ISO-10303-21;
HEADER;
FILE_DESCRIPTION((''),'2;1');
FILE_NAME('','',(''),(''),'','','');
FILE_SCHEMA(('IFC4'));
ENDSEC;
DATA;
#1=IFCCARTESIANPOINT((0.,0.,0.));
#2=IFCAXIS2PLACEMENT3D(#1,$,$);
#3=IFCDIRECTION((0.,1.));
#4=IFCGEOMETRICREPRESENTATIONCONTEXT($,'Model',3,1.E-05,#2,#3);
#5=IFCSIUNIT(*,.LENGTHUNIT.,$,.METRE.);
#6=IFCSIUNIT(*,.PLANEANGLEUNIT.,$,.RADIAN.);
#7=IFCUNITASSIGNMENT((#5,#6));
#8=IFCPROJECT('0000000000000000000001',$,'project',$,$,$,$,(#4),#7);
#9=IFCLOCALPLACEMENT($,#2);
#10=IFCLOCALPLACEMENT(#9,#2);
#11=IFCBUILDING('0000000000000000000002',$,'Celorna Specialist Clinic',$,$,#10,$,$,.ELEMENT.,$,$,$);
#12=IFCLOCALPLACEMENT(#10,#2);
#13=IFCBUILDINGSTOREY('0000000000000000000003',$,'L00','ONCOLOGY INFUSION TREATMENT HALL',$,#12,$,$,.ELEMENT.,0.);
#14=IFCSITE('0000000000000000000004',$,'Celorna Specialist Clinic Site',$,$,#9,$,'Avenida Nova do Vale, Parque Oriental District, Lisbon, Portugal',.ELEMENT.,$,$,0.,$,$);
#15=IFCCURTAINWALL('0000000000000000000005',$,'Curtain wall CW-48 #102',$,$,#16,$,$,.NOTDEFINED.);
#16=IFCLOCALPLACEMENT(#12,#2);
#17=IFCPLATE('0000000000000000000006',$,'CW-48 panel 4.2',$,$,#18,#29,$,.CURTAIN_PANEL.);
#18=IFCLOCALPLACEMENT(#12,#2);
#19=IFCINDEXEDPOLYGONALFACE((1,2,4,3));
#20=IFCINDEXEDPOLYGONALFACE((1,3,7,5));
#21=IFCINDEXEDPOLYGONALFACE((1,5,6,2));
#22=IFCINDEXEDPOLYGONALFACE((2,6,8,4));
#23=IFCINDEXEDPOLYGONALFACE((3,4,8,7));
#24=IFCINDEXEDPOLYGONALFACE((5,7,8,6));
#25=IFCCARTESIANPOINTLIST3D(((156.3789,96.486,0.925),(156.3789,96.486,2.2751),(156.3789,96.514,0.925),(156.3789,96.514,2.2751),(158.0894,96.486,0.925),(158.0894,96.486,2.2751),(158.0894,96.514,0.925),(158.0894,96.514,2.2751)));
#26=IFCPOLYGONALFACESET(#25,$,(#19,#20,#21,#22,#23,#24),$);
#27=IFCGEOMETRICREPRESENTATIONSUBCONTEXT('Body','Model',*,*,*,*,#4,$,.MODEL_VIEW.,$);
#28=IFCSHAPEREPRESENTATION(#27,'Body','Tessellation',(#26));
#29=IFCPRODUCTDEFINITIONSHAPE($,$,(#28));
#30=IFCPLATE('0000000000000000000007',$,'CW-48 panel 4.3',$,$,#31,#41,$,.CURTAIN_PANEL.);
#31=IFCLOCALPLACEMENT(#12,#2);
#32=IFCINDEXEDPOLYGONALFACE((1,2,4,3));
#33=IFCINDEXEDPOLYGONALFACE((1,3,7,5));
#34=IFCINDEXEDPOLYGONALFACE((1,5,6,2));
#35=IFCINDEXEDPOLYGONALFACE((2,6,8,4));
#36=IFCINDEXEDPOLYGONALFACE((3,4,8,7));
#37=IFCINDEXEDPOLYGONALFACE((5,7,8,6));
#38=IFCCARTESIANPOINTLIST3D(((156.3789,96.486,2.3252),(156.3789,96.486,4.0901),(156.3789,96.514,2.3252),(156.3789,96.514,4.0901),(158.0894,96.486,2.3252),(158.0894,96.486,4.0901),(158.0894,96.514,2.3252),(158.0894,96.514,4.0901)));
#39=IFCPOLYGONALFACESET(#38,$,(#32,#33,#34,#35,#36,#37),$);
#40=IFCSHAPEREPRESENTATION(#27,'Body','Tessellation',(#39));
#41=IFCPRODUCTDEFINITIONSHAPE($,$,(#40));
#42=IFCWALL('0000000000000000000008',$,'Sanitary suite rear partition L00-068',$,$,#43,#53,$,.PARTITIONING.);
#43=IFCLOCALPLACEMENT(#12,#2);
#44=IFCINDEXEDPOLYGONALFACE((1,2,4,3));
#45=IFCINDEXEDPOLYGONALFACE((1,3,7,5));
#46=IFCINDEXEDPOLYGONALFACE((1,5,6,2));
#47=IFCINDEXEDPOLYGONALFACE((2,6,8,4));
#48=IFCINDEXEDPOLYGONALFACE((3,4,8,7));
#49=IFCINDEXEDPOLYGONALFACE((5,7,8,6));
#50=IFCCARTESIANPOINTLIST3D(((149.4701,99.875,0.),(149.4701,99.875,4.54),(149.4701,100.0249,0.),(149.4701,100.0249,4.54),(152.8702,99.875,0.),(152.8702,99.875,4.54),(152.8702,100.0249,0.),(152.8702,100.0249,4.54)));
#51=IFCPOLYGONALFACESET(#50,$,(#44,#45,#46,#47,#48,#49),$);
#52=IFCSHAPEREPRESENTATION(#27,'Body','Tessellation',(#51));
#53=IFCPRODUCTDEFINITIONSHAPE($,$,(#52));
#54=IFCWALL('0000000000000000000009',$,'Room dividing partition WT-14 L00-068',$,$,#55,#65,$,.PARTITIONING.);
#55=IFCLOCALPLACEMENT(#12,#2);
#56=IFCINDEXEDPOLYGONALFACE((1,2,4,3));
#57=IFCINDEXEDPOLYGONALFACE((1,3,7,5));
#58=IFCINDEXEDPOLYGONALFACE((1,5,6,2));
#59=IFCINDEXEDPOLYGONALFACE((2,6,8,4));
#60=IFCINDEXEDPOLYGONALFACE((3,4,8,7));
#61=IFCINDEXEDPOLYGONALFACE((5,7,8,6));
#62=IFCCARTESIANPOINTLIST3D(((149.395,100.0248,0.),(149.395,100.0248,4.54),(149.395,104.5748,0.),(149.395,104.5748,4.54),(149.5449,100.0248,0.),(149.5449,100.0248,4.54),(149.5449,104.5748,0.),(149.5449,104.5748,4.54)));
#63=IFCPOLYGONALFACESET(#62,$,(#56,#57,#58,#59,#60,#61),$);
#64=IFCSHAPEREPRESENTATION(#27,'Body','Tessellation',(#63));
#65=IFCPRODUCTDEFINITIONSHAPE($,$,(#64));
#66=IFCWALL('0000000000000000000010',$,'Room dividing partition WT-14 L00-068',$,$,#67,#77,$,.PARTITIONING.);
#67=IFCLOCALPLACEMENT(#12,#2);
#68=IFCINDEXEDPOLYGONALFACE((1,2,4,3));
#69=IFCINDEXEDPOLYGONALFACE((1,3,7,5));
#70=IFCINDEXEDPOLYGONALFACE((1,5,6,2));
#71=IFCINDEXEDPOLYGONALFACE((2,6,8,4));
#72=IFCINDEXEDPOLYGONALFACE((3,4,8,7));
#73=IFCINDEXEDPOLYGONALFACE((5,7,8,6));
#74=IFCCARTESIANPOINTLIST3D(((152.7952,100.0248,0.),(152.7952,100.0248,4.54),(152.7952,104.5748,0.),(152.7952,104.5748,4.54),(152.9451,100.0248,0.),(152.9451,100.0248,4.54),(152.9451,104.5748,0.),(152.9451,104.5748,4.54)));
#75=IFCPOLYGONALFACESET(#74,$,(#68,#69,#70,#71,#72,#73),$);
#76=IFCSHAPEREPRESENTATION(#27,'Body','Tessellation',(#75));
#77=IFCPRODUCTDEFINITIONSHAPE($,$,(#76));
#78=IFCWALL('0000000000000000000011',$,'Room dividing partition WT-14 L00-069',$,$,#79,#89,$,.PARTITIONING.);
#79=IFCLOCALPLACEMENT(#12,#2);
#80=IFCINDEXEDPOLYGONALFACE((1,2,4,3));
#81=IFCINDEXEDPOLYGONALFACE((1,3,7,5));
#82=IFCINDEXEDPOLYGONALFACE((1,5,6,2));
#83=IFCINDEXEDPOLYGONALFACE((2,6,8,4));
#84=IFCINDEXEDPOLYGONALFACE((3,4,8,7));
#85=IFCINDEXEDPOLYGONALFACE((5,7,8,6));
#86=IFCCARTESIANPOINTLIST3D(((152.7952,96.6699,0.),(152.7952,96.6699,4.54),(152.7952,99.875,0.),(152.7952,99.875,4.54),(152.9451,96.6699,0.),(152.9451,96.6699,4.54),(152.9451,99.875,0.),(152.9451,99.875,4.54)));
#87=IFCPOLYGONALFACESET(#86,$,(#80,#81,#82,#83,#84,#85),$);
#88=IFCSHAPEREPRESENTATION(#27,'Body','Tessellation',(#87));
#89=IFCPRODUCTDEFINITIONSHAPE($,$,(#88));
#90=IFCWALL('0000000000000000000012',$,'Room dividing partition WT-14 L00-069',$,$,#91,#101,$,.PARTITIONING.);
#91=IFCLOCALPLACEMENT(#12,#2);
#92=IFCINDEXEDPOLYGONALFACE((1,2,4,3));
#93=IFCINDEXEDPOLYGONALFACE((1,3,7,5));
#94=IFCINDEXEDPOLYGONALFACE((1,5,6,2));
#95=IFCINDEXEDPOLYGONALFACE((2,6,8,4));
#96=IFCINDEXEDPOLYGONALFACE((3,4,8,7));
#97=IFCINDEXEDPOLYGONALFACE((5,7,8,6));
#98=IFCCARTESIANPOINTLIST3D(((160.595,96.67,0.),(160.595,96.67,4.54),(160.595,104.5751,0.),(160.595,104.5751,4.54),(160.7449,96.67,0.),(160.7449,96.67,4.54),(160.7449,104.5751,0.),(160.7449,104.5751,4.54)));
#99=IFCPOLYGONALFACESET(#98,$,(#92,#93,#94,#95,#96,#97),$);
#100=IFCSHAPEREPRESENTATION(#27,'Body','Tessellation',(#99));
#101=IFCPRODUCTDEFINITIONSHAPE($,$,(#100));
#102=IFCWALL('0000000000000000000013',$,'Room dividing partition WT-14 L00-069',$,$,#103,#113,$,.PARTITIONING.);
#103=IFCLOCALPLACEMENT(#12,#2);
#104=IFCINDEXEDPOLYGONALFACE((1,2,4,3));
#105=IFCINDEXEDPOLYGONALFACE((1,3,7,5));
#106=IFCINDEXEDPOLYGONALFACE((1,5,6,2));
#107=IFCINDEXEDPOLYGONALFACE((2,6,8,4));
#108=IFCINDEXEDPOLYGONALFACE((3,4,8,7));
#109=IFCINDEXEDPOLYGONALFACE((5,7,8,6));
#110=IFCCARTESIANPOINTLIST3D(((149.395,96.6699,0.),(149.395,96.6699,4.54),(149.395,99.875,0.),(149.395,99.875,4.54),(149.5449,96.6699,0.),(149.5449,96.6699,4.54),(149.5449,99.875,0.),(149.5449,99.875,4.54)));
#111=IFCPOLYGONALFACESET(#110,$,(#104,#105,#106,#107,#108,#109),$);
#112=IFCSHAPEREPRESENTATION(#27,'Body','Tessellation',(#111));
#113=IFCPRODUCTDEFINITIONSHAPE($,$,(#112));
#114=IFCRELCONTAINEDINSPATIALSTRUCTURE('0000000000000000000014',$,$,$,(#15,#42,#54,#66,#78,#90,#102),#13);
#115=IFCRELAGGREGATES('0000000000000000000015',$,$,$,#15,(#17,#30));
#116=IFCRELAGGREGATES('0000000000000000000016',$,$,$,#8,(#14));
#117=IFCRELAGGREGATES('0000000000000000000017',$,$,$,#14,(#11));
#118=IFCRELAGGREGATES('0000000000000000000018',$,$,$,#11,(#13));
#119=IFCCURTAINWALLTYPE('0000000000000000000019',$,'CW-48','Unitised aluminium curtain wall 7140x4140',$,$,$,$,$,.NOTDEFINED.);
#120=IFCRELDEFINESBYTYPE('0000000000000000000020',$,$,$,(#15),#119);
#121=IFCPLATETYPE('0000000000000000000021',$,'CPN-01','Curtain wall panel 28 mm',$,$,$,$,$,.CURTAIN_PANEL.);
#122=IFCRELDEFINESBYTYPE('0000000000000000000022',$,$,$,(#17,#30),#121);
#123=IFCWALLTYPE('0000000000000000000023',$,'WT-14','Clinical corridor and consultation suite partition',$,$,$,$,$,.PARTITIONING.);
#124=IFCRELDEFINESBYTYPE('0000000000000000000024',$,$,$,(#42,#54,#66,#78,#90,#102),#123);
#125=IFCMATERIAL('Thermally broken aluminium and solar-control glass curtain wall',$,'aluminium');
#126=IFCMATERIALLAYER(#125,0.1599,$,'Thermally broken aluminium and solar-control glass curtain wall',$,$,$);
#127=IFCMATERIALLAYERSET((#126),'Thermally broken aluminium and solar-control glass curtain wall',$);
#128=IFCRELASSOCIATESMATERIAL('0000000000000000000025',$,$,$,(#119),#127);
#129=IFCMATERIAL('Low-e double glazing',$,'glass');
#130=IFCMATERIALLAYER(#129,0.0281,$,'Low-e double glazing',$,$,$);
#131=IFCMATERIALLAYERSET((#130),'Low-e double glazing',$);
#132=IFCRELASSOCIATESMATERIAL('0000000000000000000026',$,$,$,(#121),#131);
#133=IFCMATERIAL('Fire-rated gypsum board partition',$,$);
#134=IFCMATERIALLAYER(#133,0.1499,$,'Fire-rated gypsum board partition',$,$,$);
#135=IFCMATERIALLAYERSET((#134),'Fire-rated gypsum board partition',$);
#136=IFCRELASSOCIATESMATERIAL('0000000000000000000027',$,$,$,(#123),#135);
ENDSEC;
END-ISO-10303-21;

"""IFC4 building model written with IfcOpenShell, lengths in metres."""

from ifc_helpers import new_model, si_unit, direction, frame, frame_2d, origin, origin_2d, place, context, subcontext, project, spatial, rectangle, extrude, material, layer, layer_set, type_object, element, aggregate, save


model = new_model("IFC4")

# Units and contexts
model_context = context("Model", 3, precision=1e-05, world=origin(), true_north=direction((0.0, 1.0)))
body_context = subcontext(model_context, "Body", "Model", "MODEL_VIEW")
ifc_project = project(units=[si_unit("LENGTHUNIT", "METRE"), si_unit("PLANEANGLEUNIT", "RADIAN")], contexts=[model_context])

# Site, building, storey
site_placement = place(None, origin())
site = spatial("IfcSite", under=ifc_project, at=site_placement, Name="Celorna Specialist Clinic Site", LongName="Avenida Nova do Vale, Parque Oriental District, Lisbon, Portugal", CompositionType="ELEMENT", RefElevation=0.0)
building_placement = place(site_placement, origin())
building = spatial("IfcBuilding", under=site, at=building_placement, Name="Celorna Specialist Clinic", CompositionType="ELEMENT")
storey_placement = place(building_placement, origin())
storey = spatial("IfcBuildingStorey", under=building, at=storey_placement, Name="L00", Description="ONCOLOGY INFUSION TREATMENT HALL", CompositionType="ELEMENT", Elevation=0.0)

# Curtain wall
ifc_material_1 = material(Name="Thermally broken aluminium and solar-control glass curtain wall", Category="aluminium")
ifc_layer_1 = layer(ifc_material_1, 0.1599, Name="Thermally broken aluminium and solar-control glass curtain wall")
ifc_layer_set_1 = layer_set([ifc_layer_1], Name="Thermally broken aluminium and solar-control glass curtain wall")
curtain_wall_type_1 = type_object("IfcCurtainWallType", Name="CW-48", Description="Unitised aluminium curtain wall 7140x4140", PredefinedType="NOTDEFINED", material=ifc_layer_set_1)
curtain_wall_1_placement = place(storey_placement, origin())
curtain_wall_1 = element("IfcCurtainWall", 1, at=curtain_wall_1_placement, inside=storey, type_object=curtain_wall_type_1, Name="Curtain wall CW-48 #102", PredefinedType="NOTDEFINED")

# Plates
ifc_material_2 = material(Name="Low-e double glazing", Category="glass")
ifc_layer_2 = layer(ifc_material_2, 0.0281, Name="Low-e double glazing")
ifc_layer_set_2 = layer_set([ifc_layer_2], Name="Low-e double glazing")
plate_type = type_object("IfcPlateType", Name="CPN-01", Description="Curtain wall panel 28 mm", PredefinedType="CURTAIN_PANEL", material=ifc_layer_set_2)
plate_1_placement = place(storey_placement, frame((157.2341, 96.5, 0.925), z_axis=(0.0, 0.0, 1.0), x_axis=(-1.0, 0.0, 0.0)))
plate_1 = element("IfcPlate", 2, at=plate_1_placement, type_object=plate_type, Name="CW-48 panel 4.2", PredefinedType="CURTAIN_PANEL", context=body_context, shape_type="SweptSolid", body=[
    extrude(rectangle(XDim=1.7104, YDim=0.0281, at=origin_2d()), origin(), (0.0, 0.0, 1.0), 1.3501),
])
plate_2_placement = place(storey_placement, frame((157.2341, 96.5, 2.3252), z_axis=(0.0, 0.0, 1.0), x_axis=(-1.0, 0.0, 0.0)))
plate_2 = element("IfcPlate", 3, at=plate_2_placement, type_object=plate_type, Name="CW-48 panel 4.3", PredefinedType="CURTAIN_PANEL", context=body_context, shape_type="SweptSolid", body=[
    extrude(rectangle(XDim=1.7104, YDim=0.0281, at=origin_2d()), origin(), (0.0, 0.0, 1.0), 1.7649),
])
aggregate(curtain_wall_1, [plate_1, plate_2])

# Walls
ifc_material_3 = material(Name="Fire-rated gypsum board partition")
ifc_layer_3 = layer(ifc_material_3, 0.1499, Name="Fire-rated gypsum board partition")
ifc_layer_set_3 = layer_set([ifc_layer_3], Name="Fire-rated gypsum board partition")
wall_type = type_object("IfcWallType", Name="WT-14", Description="Clinical corridor and consultation suite partition", PredefinedType="PARTITIONING", material=ifc_layer_set_3)
wall_1_placement = place(storey_placement, frame((149.47, 99.95, 0.0), z_axis=(0.0, 0.0, 1.0), x_axis=(1.0, 0.0, 0.0)))
element("IfcWall", 4, at=wall_1_placement, inside=storey, type_object=wall_type, Name="Sanitary suite rear partition L00-068", PredefinedType="PARTITIONING", context=body_context, shape_type="SweptSolid", body=[
    extrude(rectangle(XDim=3.4001, YDim=0.1499, at=frame_2d((1.7002, 0.0))), origin(), (0.0, 0.0, 1.0), 4.54),
])
for number, where, z_axis, x_axis, name in (
    (5, (149.47, 100.0249, 0.0), (0.0, 0.0, 1.0), (0.0, 1.0, 0.0), "Room dividing partition WT-14 L00-068"),
    (6, (152.8701, 100.0249, 0.0), (0.0, 0.0, 1.0), (0.0, 1.0, 0.0), "Room dividing partition WT-14 L00-068"),
):
    element("IfcWall", number, at=place(storey_placement, frame(where, z_axis=z_axis, x_axis=x_axis)), inside=storey, type_object=wall_type, Name=name, PredefinedType="PARTITIONING", context=body_context, shape_type="SweptSolid", body=[
        extrude(rectangle(XDim=4.55, YDim=0.1499, at=frame_2d((2.2749, 0.0))), origin(), (0.0, 0.0, 1.0), 4.54),
    ])
wall_2_placement = place(storey_placement, frame((152.8701, 96.6699, 0.0), z_axis=(0.0, 0.0, 1.0), x_axis=(0.0, 1.0, 0.0)))
element("IfcWall", 7, at=wall_2_placement, inside=storey, type_object=wall_type, Name="Room dividing partition WT-14 L00-069", PredefinedType="PARTITIONING", context=body_context, shape_type="SweptSolid", body=[
    extrude(rectangle(XDim=3.2051, YDim=0.1499, at=frame_2d((1.6025, 0.0))), origin(), (0.0, 0.0, 1.0), 4.54),
])
wall_3_placement = place(storey_placement, frame((160.6699, 96.6699, 0.0), z_axis=(0.0, 0.0, 1.0), x_axis=(0.0, 1.0, 0.0)))
element("IfcWall", 8, at=wall_3_placement, inside=storey, type_object=wall_type, Name="Room dividing partition WT-14 L00-069", PredefinedType="PARTITIONING", context=body_context, shape_type="SweptSolid", body=[
    extrude(rectangle(XDim=7.905, YDim=0.1499, at=frame_2d((3.9526, 0.0))), origin(), (0.0, 0.0, 1.0), 4.54),
])
wall_4_placement = place(storey_placement, frame((149.47, 96.6699, 0.0), z_axis=(0.0, 0.0, 1.0), x_axis=(0.0, 1.0, 0.0)))
element("IfcWall", 9, at=wall_4_placement, inside=storey, type_object=wall_type, Name="Room dividing partition WT-14 L00-069", PredefinedType="PARTITIONING", context=body_context, shape_type="SweptSolid", body=[
    extrude(rectangle(XDim=3.2051, YDim=0.1499, at=frame_2d((1.6025, 0.0))), origin(), (0.0, 0.0, 1.0), 4.54),
])

save(model, "model.ifc")
